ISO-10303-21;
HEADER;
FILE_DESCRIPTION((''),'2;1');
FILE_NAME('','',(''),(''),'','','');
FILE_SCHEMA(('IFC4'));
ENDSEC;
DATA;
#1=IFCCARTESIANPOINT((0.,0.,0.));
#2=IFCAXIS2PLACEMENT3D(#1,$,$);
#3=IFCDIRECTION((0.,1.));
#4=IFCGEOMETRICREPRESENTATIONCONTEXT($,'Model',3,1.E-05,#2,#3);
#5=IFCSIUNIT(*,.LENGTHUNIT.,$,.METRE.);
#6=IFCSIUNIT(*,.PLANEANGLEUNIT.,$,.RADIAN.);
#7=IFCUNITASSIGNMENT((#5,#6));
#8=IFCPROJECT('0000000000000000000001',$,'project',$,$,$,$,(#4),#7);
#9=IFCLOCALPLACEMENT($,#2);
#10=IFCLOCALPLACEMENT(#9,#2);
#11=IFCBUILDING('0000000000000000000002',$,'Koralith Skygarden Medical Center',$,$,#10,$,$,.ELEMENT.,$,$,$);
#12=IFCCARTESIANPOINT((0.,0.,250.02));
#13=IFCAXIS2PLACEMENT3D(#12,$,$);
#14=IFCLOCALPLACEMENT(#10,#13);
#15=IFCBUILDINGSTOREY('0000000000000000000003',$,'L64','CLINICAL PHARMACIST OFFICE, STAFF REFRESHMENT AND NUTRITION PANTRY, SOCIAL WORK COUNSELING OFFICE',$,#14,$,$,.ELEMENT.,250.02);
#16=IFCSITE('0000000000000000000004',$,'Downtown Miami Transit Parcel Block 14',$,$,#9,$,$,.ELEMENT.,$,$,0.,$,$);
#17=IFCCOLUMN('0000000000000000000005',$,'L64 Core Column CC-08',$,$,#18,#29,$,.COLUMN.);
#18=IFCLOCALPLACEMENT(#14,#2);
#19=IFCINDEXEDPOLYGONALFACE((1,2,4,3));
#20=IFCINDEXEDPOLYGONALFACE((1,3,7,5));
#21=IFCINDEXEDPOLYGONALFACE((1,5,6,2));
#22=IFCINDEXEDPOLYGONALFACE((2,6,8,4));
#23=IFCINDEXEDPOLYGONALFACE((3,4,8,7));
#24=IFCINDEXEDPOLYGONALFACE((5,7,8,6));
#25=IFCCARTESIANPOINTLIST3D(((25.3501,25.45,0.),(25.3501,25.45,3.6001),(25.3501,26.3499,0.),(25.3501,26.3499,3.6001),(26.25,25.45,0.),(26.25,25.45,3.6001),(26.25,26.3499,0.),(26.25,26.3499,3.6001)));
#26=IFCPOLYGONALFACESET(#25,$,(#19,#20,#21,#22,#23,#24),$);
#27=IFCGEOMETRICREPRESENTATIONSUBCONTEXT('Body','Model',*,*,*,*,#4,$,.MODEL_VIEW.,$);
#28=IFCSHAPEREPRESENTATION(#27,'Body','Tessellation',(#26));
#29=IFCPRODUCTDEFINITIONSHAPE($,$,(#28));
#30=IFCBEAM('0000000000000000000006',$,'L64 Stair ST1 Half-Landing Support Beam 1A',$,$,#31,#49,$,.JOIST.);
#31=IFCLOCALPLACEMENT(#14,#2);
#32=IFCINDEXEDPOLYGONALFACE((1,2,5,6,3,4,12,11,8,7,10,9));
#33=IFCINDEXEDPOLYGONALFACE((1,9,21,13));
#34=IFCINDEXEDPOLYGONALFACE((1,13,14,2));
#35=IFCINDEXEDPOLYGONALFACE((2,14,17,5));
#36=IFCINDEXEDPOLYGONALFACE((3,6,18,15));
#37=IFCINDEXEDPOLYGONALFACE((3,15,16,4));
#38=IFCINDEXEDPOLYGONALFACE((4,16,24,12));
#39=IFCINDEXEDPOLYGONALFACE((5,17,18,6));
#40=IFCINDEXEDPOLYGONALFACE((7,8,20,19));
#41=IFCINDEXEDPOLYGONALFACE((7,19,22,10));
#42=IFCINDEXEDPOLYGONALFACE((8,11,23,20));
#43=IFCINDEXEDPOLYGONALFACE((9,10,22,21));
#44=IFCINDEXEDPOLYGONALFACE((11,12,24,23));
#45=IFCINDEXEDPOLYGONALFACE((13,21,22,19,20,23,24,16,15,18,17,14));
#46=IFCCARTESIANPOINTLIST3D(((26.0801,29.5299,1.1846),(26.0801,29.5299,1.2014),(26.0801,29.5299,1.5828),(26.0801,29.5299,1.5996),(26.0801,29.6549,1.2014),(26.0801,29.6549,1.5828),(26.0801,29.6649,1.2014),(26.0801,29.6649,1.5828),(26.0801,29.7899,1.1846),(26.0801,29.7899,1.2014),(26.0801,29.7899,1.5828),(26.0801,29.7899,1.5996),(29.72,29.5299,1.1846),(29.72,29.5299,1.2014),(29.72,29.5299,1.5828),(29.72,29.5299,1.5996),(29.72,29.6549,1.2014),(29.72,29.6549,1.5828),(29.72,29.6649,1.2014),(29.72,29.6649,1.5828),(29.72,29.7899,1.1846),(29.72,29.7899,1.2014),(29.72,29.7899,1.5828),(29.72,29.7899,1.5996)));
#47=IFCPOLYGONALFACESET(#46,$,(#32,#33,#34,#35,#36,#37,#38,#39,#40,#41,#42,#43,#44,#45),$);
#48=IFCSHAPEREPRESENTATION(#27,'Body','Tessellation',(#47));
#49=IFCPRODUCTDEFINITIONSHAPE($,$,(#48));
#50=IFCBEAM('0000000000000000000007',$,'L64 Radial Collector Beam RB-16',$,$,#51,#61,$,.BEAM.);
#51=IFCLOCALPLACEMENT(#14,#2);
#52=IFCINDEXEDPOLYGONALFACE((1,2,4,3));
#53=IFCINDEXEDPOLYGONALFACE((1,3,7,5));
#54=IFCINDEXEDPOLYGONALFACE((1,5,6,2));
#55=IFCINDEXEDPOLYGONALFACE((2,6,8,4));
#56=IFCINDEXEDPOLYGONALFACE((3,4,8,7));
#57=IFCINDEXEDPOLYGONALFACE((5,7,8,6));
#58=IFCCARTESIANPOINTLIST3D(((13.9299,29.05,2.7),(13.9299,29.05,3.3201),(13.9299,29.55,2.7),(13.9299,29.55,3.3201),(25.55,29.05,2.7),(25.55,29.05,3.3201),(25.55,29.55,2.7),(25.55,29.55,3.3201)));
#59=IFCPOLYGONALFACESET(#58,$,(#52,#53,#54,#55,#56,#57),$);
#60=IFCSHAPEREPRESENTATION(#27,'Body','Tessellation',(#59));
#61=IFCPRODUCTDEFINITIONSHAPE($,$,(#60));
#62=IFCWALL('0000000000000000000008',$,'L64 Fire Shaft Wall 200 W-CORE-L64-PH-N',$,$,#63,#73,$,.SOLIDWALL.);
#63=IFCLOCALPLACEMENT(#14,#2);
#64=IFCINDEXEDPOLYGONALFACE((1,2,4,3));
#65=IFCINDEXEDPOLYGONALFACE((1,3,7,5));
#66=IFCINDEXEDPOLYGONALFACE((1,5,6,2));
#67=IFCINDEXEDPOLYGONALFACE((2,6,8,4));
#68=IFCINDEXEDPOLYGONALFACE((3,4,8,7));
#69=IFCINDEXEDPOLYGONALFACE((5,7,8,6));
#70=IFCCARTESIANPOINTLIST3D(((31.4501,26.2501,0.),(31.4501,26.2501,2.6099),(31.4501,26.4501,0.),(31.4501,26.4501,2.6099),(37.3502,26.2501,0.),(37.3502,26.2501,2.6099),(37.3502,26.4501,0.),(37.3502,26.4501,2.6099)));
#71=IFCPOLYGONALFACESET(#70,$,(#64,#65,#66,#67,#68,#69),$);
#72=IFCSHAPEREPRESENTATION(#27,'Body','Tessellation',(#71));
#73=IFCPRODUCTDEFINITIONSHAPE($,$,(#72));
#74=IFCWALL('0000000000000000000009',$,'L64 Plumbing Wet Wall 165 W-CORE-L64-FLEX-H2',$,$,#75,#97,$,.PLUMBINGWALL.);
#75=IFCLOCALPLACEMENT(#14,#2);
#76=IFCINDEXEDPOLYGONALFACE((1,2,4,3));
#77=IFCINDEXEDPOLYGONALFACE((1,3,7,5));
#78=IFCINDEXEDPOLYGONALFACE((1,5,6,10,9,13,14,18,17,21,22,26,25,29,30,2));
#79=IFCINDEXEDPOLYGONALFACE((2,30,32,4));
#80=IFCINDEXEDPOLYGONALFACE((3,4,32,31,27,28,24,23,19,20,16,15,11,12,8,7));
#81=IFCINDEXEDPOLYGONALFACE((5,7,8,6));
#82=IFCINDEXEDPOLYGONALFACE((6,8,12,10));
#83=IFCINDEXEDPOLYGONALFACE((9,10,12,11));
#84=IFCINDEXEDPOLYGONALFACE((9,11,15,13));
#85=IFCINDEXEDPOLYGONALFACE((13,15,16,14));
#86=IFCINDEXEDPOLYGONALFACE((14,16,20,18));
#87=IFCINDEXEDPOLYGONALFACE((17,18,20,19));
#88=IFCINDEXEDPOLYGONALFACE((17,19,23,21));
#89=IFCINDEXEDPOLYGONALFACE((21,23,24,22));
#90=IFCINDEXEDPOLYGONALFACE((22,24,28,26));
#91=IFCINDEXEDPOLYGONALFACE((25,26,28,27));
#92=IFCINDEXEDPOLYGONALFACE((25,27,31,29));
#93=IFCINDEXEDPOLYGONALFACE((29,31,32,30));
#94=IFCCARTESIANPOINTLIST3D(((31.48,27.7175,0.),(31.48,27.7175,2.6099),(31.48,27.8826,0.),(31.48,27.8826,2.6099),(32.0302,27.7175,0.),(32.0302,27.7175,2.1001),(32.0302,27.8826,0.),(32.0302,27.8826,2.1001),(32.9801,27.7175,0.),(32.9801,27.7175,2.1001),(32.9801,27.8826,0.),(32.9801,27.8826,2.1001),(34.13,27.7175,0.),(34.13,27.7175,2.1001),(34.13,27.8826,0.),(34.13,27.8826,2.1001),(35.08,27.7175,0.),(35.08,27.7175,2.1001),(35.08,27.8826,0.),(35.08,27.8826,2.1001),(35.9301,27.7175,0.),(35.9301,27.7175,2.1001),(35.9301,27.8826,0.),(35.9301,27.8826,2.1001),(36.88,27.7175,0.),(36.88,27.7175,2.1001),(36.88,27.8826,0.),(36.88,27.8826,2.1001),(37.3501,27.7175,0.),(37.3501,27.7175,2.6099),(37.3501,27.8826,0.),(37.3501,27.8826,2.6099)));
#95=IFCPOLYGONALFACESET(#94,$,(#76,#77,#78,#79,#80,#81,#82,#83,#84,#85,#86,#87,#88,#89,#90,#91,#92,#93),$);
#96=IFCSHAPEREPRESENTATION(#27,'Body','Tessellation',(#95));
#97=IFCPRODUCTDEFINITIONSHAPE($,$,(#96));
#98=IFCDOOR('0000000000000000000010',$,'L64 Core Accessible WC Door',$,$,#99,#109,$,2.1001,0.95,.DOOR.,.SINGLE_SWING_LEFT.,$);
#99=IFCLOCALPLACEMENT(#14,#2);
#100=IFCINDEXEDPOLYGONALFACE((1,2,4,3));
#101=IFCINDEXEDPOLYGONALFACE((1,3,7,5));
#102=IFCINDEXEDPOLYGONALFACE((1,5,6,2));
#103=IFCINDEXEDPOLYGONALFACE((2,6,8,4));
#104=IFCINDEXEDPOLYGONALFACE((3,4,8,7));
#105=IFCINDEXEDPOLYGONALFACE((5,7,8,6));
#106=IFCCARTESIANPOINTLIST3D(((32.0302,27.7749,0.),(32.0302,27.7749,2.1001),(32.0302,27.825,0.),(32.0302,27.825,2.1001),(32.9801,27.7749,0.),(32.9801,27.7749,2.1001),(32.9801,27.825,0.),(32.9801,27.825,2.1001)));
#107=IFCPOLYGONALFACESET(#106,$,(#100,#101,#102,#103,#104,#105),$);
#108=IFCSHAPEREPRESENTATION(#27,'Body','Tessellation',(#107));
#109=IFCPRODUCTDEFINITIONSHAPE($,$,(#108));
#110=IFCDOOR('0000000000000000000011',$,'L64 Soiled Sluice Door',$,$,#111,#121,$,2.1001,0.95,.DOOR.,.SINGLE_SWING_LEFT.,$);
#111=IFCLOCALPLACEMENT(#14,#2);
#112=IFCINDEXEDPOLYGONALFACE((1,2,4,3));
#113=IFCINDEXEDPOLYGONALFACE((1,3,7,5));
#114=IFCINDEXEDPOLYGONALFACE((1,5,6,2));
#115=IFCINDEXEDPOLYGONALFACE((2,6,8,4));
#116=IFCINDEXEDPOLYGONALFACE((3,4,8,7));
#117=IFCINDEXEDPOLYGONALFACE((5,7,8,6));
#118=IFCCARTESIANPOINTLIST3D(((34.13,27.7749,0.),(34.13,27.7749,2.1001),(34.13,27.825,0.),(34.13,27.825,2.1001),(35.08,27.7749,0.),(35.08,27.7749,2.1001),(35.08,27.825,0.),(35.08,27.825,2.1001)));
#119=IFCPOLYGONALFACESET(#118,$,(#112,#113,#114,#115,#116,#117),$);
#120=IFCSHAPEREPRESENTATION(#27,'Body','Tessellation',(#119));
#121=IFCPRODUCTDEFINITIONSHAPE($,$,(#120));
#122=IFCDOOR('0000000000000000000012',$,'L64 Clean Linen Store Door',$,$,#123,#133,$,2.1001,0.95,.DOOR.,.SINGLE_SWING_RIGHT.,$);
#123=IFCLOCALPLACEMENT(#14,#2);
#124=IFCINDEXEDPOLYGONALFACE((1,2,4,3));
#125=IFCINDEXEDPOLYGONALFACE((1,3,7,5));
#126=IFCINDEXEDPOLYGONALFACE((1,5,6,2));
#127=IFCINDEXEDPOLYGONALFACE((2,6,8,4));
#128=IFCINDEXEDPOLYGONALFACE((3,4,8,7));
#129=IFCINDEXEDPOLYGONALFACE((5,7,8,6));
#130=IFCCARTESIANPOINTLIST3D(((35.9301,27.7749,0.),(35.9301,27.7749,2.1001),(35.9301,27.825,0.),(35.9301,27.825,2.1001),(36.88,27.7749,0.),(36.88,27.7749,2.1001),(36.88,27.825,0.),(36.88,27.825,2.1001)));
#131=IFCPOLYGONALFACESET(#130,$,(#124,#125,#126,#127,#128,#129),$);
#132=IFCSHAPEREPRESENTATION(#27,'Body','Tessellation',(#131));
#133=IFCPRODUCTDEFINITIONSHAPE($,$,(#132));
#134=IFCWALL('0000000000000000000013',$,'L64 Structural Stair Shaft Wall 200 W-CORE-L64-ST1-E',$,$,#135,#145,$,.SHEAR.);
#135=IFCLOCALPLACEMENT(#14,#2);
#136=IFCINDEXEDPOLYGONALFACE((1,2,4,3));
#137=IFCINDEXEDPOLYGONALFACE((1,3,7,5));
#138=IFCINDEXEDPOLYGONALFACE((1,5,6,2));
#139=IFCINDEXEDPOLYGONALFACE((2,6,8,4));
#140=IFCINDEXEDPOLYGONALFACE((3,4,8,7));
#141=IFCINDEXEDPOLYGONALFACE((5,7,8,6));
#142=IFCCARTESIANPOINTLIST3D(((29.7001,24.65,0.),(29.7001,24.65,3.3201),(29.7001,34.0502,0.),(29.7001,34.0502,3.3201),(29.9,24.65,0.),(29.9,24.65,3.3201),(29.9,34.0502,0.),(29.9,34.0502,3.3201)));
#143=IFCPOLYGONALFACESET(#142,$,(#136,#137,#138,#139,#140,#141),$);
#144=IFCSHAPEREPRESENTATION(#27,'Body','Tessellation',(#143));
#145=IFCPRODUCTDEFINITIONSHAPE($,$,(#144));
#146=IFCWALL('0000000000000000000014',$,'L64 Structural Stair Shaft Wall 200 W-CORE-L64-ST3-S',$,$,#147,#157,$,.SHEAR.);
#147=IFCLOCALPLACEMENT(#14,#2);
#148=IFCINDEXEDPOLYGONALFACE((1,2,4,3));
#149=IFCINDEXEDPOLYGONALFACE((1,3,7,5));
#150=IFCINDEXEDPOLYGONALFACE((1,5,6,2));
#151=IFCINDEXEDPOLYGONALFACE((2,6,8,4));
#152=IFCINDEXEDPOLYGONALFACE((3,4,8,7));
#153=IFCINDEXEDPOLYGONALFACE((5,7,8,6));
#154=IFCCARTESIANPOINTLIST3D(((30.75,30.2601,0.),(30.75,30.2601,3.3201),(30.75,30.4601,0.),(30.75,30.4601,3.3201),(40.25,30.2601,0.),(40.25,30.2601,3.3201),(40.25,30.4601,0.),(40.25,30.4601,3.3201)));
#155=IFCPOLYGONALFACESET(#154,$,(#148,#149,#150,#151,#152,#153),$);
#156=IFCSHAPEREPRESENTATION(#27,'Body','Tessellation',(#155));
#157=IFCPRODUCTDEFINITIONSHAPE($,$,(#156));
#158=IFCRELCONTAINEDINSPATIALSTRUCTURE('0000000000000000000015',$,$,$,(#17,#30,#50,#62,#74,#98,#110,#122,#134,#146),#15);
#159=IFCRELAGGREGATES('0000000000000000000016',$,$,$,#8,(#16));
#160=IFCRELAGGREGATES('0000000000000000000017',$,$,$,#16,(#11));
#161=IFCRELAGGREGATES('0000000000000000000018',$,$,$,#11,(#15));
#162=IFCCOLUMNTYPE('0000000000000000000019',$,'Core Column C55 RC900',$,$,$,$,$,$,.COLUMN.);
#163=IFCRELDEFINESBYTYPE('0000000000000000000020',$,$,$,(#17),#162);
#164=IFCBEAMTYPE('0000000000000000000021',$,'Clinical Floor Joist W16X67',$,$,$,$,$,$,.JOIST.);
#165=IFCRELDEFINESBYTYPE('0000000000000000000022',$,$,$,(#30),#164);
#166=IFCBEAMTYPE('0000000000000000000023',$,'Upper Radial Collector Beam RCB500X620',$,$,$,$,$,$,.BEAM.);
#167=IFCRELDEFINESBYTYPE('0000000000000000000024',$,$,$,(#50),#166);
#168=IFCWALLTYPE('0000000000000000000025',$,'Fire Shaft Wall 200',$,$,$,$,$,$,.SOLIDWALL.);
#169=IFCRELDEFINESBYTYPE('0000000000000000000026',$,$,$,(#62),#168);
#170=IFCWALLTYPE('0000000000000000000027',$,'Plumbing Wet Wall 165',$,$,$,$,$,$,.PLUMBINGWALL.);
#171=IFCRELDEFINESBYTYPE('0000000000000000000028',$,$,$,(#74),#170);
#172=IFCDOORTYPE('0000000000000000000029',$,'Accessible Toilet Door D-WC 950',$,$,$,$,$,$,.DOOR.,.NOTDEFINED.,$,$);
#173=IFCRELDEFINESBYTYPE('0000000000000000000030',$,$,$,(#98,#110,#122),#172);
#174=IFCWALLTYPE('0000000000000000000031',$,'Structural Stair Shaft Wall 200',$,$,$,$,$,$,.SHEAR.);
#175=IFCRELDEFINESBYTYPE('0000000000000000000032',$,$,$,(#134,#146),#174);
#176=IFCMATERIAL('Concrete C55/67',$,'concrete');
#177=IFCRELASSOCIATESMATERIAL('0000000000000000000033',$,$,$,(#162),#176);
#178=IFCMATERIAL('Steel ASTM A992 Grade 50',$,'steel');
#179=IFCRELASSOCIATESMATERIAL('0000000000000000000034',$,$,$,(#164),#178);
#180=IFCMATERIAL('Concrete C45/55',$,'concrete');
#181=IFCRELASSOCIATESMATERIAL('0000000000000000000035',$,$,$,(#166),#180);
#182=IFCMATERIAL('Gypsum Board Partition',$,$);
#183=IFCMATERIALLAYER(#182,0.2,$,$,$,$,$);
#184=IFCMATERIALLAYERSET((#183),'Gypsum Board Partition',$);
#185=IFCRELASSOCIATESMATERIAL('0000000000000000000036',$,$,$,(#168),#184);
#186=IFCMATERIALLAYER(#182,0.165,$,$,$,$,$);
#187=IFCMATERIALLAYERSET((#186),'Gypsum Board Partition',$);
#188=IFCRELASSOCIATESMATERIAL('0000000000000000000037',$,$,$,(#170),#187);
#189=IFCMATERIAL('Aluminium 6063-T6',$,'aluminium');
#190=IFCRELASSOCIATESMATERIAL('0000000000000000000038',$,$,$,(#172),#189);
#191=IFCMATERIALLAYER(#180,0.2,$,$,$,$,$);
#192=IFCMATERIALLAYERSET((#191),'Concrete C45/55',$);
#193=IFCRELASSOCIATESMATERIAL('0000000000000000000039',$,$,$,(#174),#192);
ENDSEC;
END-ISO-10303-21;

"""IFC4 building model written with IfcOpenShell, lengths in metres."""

from ifc_helpers import new_model, si_unit, direction, frame, frame_2d, origin, origin_2d, place, context, subcontext, project, spatial, rectangle, i_section, extrude, material, layer, layer_set, material_profile, profile_set, type_object, element, fill, save


model = new_model("IFC4")

# Units and contexts
model_context = context("Model", 3, precision=1e-05, world=origin(), true_north=direction((0.0, 1.0)))
body_context = subcontext(model_context, "Body", "Model", "MODEL_VIEW")
ifc_project = project(units=[si_unit("LENGTHUNIT", "METRE"), si_unit("PLANEANGLEUNIT", "RADIAN")], contexts=[model_context])

# Site, building, storey
site_placement = place(None, origin())
site = spatial("IfcSite", under=ifc_project, at=site_placement, Name="Downtown Miami Transit Parcel Block 14", CompositionType="ELEMENT", RefElevation=0.0)
building_placement = place(site_placement, origin())
building = spatial("IfcBuilding", under=site, at=building_placement, Name="Koralith Skygarden Medical Center", CompositionType="ELEMENT")
storey_placement = place(building_placement, frame((0.0, 0.0, 250.02)))
storey = spatial("IfcBuildingStorey", under=building, at=storey_placement, Name="L64", Description="CLINICAL PHARMACIST OFFICE, STAFF REFRESHMENT AND NUTRITION PANTRY, SOCIAL WORK COUNSELING OFFICE", CompositionType="ELEMENT", Elevation=250.02)

# Column
ifc_material_1 = material(Name="Concrete C55/67", Category="concrete")
ifc_material_profile_1 = material_profile(ifc_material_1, rectangle(XDim=0.8999, YDim=0.8999, at=origin_2d()), Name="RC900X900")
ifc_profile_set_1 = profile_set([ifc_material_profile_1], Name="Concrete C55/67")
column_type = type_object("IfcColumnType", Name="Core Column C55 RC900", PredefinedType="COLUMN", material=ifc_profile_set_1)
column_placement = place(storey_placement, frame((25.8, 25.8999, 0.0), z_axis=(0.0, 0.0, 1.0), x_axis=(1.0, 0.0, 0.0)))
element("IfcColumn", 1, at=column_placement, inside=storey, type_object=column_type, Name="L64 Core Column CC-08", PredefinedType="COLUMN", context=body_context, shape_type="SweptSolid", body=[
    extrude(rectangle(XDim=0.8999, YDim=0.8999, at=origin_2d()), origin(), (0.0, 0.0, 1.0), 3.6001),
])

# Beams
ifc_material_2 = material(Name="Steel ASTM A992 Grade 50", Category="steel")
ifc_material_profile_2 = material_profile(ifc_material_2, i_section(OverallWidth=0.26, OverallDepth=0.415, WebThickness=0.01, FlangeThickness=0.0168, at=origin_2d()), Name="W16X67")
ifc_profile_set_2 = profile_set([ifc_material_profile_2], Name="Steel ASTM A992 Grade 50")
beam_type_1 = type_object("IfcBeamType", Name="Clinical Floor Joist W16X67", PredefinedType="JOIST", material=ifc_profile_set_2)
beam_1_placement = place(storey_placement, frame((26.0801, 29.6599, 1.3921), z_axis=(1.0, 0.0, 0.0), x_axis=(0.0, 1.0, 0.0)))
element("IfcBeam", 2, at=beam_1_placement, inside=storey, type_object=beam_type_1, Name="L64 Stair ST1 Half-Landing Support Beam 1A", PredefinedType="JOIST", context=body_context, shape_type="SweptSolid", body=[
    extrude(i_section(OverallWidth=0.26, OverallDepth=0.415, WebThickness=0.01, FlangeThickness=0.0168, at=origin_2d()), origin(), (0.0, 0.0, 1.0), 3.6399),
])
ifc_material_3 = material(Name="Concrete C45/55", Category="concrete")
ifc_material_profile_3 = material_profile(ifc_material_3, rectangle(XDim=0.5, YDim=0.6201, at=origin_2d()), Name="RCB500X620")
ifc_profile_set_3 = profile_set([ifc_material_profile_3], Name="Concrete C45/55")
beam_type_2 = type_object("IfcBeamType", Name="Upper Radial Collector Beam RCB500X620", PredefinedType="BEAM", material=ifc_profile_set_3)
beam_2_placement = place(storey_placement, frame((25.55, 29.3, 3.01), z_axis=(-1.0, 0.0, 0.0), x_axis=(0.0, -1.0, 0.0)))
element("IfcBeam", 3, at=beam_2_placement, inside=storey, type_object=beam_type_2, Name="L64 Radial Collector Beam RB-16", PredefinedType="BEAM", context=body_context, shape_type="SweptSolid", body=[
    extrude(rectangle(XDim=0.5, YDim=0.6201, at=origin_2d()), origin(), (0.0, 0.0, 1.0), 11.6201),
])

# Wall
ifc_material_4 = material(Name="Gypsum Board Partition")
ifc_layer_1 = layer(ifc_material_4, 0.2)
ifc_layer_set_1 = layer_set([ifc_layer_1], Name="Gypsum Board Partition")
wall_type_1 = type_object("IfcWallType", Name="Fire Shaft Wall 200", PredefinedType="SOLIDWALL", material=ifc_layer_set_1)
wall_1_placement = place(storey_placement, frame((31.45, 26.3501, 0.0), z_axis=(0.0, 0.0, 1.0), x_axis=(1.0, 0.0, 0.0)))
element("IfcWall", 4, at=wall_1_placement, inside=storey, type_object=wall_type_1, Name="L64 Fire Shaft Wall 200 W-CORE-L64-PH-N", PredefinedType="SOLIDWALL", context=body_context, shape_type="SweptSolid", body=[
    extrude(rectangle(XDim=5.9001, YDim=0.2, at=frame_2d((2.9502, 0.0))), origin(), (0.0, 0.0, 1.0), 2.6099),
])

# Shared definitions
ifc_layer_2 = layer(ifc_material_4, 0.165)
ifc_layer_set_2 = layer_set([ifc_layer_2], Name="Gypsum Board Partition")
wall_type_2 = type_object("IfcWallType", Name="Plumbing Wet Wall 165", PredefinedType="PLUMBINGWALL", material=ifc_layer_set_2)
ifc_material_5 = material(Name="Aluminium 6063-T6", Category="aluminium")

# Wall, openings, doors
wall_2_placement = place(storey_placement, frame((31.48, 27.8, 0.0), z_axis=(0.0, 0.0, 1.0), x_axis=(1.0, 0.0, 0.0)))
wall_2 = element("IfcWall", 5, at=wall_2_placement, inside=storey, type_object=wall_type_2, Name="L64 Plumbing Wet Wall 165 W-CORE-L64-FLEX-H2", PredefinedType="PLUMBINGWALL", context=body_context, shape_type="SweptSolid", body=[
    extrude(rectangle(XDim=5.8701, YDim=0.165, at=frame_2d((2.9351, 0.0))), origin(), (0.0, 0.0, 1.0), 2.6099),
])
opening_1_placement = place(wall_2_placement, frame((0.55, 0.0, 0.0)))
opening_1 = element("IfcOpeningElement", 6, at=opening_1_placement, cuts=wall_2, PredefinedType="OPENING", context=body_context, shape_type="SweptSolid", body=[
    extrude(rectangle(XDim=0.95, YDim=2.1001, at=frame_2d((0.4751, 1.05))), frame((0.0, 0.0925, 0.0), z_axis=(0.0, -1.0, 0.0), x_axis=(1.0, 0.0, 0.0)), (0.0, 0.0, 1.0), 0.1851),
])
opening_2_placement = place(wall_2_placement, frame((2.6499, 0.0, 0.0)))
opening_2 = element("IfcOpeningElement", 7, at=opening_2_placement, cuts=wall_2, PredefinedType="OPENING", context=body_context, shape_type="SweptSolid", body=[
    extrude(rectangle(XDim=0.95, YDim=2.1001, at=frame_2d((0.4751, 1.05))), frame((0.0, 0.0925, 0.0), z_axis=(0.0, -1.0, 0.0), x_axis=(1.0, 0.0, 0.0)), (0.0, 0.0, 1.0), 0.1851),
])
opening_3_placement = place(wall_2_placement, frame((4.45, 0.0, 0.0)))
opening_3 = element("IfcOpeningElement", 8, at=opening_3_placement, cuts=wall_2, PredefinedType="OPENING", context=body_context, shape_type="SweptSolid", body=[
    extrude(rectangle(XDim=0.95, YDim=2.1001, at=frame_2d((0.4751, 1.05))), frame((0.0, 0.0925, 0.0), z_axis=(0.0, -1.0, 0.0), x_axis=(1.0, 0.0, 0.0)), (0.0, 0.0, 1.0), 0.1851),
])
door_type_1 = type_object("IfcDoorType", Name="Accessible Toilet Door D-WC 950", OperationType="NOTDEFINED", PredefinedType="DOOR", material=ifc_material_5)
door_1_placement = place(opening_1_placement, origin())
door_1 = element("IfcDoor", 9, at=door_1_placement, inside=storey, type_object=door_type_1, Name="L64 Core Accessible WC Door", OperationType="SINGLE_SWING_LEFT", OverallHeight=2.1001, OverallWidth=0.95, PredefinedType="DOOR", context=body_context, shape_type="SweptSolid", body=[
    extrude(rectangle(XDim=0.95, YDim=2.1001, at=frame_2d((0.4751, 1.05))), frame((0.0, 0.0249, 0.0), z_axis=(0.0, -1.0, 0.0), x_axis=(1.0, 0.0, 0.0)), (0.0, 0.0, 1.0), 0.05),
])
fill(opening_1, door_1)
door_2_placement = place(opening_2_placement, origin())
door_2 = element("IfcDoor", 10, at=door_2_placement, inside=storey, type_object=door_type_1, Name="L64 Soiled Sluice Door", OperationType="SINGLE_SWING_LEFT", OverallHeight=2.1001, OverallWidth=0.95, PredefinedType="DOOR", context=body_context, shape_type="SweptSolid", body=[
    extrude(rectangle(XDim=0.95, YDim=2.1001, at=frame_2d((0.4751, 1.05))), frame((0.0, 0.0249, 0.0), z_axis=(0.0, -1.0, 0.0), x_axis=(1.0, 0.0, 0.0)), (0.0, 0.0, 1.0), 0.05),
])
fill(opening_2, door_2)
door_3_placement = place(opening_3_placement, origin())
door_3 = element("IfcDoor", 11, at=door_3_placement, inside=storey, type_object=door_type_1, Name="L64 Clean Linen Store Door", OperationType="SINGLE_SWING_RIGHT", OverallHeight=2.1001, OverallWidth=0.95, PredefinedType="DOOR", context=body_context, shape_type="SweptSolid", body=[
    extrude(rectangle(XDim=0.95, YDim=2.1001, at=frame_2d((0.4751, 1.05))), frame((0.0, 0.0249, 0.0), z_axis=(0.0, -1.0, 0.0), x_axis=(1.0, 0.0, 0.0)), (0.0, 0.0, 1.0), 0.05),
])
fill(opening_3, door_3)

# Walls
ifc_layer_3 = layer(ifc_material_3, 0.2)
ifc_layer_set_3 = layer_set([ifc_layer_3], Name="Concrete C45/55")
wall_type_3 = type_object("IfcWallType", Name="Structural Stair Shaft Wall 200", PredefinedType="SHEAR", material=ifc_layer_set_3)
wall_3_placement = place(storey_placement, frame((29.8, 24.6499, 0.0), z_axis=(0.0, 0.0, 1.0), x_axis=(0.0, 1.0, 0.0)))
element("IfcWall", 12, at=wall_3_placement, inside=storey, type_object=wall_type_3, Name="L64 Structural Stair Shaft Wall 200 W-CORE-L64-ST1-E", PredefinedType="SHEAR", context=body_context, shape_type="SweptSolid", body=[
    extrude(rectangle(XDim=9.4001, YDim=0.2, at=frame_2d((4.7002, 0.0))), origin(), (0.0, 0.0, 1.0), 3.3201),
])
wall_4_placement = place(storey_placement, frame((30.75, 30.3601, 0.0), z_axis=(0.0, 0.0, 1.0), x_axis=(1.0, 0.0, 0.0)))
element("IfcWall", 13, at=wall_4_placement, inside=storey, type_object=wall_type_3, Name="L64 Structural Stair Shaft Wall 200 W-CORE-L64-ST3-S", PredefinedType="SHEAR", context=body_context, shape_type="SweptSolid", body=[
    extrude(rectangle(XDim=9.5, YDim=0.2, at=frame_2d((4.75, 0.0))), origin(), (0.0, 0.0, 1.0), 3.3201),
])

save(model, "model.ifc")
